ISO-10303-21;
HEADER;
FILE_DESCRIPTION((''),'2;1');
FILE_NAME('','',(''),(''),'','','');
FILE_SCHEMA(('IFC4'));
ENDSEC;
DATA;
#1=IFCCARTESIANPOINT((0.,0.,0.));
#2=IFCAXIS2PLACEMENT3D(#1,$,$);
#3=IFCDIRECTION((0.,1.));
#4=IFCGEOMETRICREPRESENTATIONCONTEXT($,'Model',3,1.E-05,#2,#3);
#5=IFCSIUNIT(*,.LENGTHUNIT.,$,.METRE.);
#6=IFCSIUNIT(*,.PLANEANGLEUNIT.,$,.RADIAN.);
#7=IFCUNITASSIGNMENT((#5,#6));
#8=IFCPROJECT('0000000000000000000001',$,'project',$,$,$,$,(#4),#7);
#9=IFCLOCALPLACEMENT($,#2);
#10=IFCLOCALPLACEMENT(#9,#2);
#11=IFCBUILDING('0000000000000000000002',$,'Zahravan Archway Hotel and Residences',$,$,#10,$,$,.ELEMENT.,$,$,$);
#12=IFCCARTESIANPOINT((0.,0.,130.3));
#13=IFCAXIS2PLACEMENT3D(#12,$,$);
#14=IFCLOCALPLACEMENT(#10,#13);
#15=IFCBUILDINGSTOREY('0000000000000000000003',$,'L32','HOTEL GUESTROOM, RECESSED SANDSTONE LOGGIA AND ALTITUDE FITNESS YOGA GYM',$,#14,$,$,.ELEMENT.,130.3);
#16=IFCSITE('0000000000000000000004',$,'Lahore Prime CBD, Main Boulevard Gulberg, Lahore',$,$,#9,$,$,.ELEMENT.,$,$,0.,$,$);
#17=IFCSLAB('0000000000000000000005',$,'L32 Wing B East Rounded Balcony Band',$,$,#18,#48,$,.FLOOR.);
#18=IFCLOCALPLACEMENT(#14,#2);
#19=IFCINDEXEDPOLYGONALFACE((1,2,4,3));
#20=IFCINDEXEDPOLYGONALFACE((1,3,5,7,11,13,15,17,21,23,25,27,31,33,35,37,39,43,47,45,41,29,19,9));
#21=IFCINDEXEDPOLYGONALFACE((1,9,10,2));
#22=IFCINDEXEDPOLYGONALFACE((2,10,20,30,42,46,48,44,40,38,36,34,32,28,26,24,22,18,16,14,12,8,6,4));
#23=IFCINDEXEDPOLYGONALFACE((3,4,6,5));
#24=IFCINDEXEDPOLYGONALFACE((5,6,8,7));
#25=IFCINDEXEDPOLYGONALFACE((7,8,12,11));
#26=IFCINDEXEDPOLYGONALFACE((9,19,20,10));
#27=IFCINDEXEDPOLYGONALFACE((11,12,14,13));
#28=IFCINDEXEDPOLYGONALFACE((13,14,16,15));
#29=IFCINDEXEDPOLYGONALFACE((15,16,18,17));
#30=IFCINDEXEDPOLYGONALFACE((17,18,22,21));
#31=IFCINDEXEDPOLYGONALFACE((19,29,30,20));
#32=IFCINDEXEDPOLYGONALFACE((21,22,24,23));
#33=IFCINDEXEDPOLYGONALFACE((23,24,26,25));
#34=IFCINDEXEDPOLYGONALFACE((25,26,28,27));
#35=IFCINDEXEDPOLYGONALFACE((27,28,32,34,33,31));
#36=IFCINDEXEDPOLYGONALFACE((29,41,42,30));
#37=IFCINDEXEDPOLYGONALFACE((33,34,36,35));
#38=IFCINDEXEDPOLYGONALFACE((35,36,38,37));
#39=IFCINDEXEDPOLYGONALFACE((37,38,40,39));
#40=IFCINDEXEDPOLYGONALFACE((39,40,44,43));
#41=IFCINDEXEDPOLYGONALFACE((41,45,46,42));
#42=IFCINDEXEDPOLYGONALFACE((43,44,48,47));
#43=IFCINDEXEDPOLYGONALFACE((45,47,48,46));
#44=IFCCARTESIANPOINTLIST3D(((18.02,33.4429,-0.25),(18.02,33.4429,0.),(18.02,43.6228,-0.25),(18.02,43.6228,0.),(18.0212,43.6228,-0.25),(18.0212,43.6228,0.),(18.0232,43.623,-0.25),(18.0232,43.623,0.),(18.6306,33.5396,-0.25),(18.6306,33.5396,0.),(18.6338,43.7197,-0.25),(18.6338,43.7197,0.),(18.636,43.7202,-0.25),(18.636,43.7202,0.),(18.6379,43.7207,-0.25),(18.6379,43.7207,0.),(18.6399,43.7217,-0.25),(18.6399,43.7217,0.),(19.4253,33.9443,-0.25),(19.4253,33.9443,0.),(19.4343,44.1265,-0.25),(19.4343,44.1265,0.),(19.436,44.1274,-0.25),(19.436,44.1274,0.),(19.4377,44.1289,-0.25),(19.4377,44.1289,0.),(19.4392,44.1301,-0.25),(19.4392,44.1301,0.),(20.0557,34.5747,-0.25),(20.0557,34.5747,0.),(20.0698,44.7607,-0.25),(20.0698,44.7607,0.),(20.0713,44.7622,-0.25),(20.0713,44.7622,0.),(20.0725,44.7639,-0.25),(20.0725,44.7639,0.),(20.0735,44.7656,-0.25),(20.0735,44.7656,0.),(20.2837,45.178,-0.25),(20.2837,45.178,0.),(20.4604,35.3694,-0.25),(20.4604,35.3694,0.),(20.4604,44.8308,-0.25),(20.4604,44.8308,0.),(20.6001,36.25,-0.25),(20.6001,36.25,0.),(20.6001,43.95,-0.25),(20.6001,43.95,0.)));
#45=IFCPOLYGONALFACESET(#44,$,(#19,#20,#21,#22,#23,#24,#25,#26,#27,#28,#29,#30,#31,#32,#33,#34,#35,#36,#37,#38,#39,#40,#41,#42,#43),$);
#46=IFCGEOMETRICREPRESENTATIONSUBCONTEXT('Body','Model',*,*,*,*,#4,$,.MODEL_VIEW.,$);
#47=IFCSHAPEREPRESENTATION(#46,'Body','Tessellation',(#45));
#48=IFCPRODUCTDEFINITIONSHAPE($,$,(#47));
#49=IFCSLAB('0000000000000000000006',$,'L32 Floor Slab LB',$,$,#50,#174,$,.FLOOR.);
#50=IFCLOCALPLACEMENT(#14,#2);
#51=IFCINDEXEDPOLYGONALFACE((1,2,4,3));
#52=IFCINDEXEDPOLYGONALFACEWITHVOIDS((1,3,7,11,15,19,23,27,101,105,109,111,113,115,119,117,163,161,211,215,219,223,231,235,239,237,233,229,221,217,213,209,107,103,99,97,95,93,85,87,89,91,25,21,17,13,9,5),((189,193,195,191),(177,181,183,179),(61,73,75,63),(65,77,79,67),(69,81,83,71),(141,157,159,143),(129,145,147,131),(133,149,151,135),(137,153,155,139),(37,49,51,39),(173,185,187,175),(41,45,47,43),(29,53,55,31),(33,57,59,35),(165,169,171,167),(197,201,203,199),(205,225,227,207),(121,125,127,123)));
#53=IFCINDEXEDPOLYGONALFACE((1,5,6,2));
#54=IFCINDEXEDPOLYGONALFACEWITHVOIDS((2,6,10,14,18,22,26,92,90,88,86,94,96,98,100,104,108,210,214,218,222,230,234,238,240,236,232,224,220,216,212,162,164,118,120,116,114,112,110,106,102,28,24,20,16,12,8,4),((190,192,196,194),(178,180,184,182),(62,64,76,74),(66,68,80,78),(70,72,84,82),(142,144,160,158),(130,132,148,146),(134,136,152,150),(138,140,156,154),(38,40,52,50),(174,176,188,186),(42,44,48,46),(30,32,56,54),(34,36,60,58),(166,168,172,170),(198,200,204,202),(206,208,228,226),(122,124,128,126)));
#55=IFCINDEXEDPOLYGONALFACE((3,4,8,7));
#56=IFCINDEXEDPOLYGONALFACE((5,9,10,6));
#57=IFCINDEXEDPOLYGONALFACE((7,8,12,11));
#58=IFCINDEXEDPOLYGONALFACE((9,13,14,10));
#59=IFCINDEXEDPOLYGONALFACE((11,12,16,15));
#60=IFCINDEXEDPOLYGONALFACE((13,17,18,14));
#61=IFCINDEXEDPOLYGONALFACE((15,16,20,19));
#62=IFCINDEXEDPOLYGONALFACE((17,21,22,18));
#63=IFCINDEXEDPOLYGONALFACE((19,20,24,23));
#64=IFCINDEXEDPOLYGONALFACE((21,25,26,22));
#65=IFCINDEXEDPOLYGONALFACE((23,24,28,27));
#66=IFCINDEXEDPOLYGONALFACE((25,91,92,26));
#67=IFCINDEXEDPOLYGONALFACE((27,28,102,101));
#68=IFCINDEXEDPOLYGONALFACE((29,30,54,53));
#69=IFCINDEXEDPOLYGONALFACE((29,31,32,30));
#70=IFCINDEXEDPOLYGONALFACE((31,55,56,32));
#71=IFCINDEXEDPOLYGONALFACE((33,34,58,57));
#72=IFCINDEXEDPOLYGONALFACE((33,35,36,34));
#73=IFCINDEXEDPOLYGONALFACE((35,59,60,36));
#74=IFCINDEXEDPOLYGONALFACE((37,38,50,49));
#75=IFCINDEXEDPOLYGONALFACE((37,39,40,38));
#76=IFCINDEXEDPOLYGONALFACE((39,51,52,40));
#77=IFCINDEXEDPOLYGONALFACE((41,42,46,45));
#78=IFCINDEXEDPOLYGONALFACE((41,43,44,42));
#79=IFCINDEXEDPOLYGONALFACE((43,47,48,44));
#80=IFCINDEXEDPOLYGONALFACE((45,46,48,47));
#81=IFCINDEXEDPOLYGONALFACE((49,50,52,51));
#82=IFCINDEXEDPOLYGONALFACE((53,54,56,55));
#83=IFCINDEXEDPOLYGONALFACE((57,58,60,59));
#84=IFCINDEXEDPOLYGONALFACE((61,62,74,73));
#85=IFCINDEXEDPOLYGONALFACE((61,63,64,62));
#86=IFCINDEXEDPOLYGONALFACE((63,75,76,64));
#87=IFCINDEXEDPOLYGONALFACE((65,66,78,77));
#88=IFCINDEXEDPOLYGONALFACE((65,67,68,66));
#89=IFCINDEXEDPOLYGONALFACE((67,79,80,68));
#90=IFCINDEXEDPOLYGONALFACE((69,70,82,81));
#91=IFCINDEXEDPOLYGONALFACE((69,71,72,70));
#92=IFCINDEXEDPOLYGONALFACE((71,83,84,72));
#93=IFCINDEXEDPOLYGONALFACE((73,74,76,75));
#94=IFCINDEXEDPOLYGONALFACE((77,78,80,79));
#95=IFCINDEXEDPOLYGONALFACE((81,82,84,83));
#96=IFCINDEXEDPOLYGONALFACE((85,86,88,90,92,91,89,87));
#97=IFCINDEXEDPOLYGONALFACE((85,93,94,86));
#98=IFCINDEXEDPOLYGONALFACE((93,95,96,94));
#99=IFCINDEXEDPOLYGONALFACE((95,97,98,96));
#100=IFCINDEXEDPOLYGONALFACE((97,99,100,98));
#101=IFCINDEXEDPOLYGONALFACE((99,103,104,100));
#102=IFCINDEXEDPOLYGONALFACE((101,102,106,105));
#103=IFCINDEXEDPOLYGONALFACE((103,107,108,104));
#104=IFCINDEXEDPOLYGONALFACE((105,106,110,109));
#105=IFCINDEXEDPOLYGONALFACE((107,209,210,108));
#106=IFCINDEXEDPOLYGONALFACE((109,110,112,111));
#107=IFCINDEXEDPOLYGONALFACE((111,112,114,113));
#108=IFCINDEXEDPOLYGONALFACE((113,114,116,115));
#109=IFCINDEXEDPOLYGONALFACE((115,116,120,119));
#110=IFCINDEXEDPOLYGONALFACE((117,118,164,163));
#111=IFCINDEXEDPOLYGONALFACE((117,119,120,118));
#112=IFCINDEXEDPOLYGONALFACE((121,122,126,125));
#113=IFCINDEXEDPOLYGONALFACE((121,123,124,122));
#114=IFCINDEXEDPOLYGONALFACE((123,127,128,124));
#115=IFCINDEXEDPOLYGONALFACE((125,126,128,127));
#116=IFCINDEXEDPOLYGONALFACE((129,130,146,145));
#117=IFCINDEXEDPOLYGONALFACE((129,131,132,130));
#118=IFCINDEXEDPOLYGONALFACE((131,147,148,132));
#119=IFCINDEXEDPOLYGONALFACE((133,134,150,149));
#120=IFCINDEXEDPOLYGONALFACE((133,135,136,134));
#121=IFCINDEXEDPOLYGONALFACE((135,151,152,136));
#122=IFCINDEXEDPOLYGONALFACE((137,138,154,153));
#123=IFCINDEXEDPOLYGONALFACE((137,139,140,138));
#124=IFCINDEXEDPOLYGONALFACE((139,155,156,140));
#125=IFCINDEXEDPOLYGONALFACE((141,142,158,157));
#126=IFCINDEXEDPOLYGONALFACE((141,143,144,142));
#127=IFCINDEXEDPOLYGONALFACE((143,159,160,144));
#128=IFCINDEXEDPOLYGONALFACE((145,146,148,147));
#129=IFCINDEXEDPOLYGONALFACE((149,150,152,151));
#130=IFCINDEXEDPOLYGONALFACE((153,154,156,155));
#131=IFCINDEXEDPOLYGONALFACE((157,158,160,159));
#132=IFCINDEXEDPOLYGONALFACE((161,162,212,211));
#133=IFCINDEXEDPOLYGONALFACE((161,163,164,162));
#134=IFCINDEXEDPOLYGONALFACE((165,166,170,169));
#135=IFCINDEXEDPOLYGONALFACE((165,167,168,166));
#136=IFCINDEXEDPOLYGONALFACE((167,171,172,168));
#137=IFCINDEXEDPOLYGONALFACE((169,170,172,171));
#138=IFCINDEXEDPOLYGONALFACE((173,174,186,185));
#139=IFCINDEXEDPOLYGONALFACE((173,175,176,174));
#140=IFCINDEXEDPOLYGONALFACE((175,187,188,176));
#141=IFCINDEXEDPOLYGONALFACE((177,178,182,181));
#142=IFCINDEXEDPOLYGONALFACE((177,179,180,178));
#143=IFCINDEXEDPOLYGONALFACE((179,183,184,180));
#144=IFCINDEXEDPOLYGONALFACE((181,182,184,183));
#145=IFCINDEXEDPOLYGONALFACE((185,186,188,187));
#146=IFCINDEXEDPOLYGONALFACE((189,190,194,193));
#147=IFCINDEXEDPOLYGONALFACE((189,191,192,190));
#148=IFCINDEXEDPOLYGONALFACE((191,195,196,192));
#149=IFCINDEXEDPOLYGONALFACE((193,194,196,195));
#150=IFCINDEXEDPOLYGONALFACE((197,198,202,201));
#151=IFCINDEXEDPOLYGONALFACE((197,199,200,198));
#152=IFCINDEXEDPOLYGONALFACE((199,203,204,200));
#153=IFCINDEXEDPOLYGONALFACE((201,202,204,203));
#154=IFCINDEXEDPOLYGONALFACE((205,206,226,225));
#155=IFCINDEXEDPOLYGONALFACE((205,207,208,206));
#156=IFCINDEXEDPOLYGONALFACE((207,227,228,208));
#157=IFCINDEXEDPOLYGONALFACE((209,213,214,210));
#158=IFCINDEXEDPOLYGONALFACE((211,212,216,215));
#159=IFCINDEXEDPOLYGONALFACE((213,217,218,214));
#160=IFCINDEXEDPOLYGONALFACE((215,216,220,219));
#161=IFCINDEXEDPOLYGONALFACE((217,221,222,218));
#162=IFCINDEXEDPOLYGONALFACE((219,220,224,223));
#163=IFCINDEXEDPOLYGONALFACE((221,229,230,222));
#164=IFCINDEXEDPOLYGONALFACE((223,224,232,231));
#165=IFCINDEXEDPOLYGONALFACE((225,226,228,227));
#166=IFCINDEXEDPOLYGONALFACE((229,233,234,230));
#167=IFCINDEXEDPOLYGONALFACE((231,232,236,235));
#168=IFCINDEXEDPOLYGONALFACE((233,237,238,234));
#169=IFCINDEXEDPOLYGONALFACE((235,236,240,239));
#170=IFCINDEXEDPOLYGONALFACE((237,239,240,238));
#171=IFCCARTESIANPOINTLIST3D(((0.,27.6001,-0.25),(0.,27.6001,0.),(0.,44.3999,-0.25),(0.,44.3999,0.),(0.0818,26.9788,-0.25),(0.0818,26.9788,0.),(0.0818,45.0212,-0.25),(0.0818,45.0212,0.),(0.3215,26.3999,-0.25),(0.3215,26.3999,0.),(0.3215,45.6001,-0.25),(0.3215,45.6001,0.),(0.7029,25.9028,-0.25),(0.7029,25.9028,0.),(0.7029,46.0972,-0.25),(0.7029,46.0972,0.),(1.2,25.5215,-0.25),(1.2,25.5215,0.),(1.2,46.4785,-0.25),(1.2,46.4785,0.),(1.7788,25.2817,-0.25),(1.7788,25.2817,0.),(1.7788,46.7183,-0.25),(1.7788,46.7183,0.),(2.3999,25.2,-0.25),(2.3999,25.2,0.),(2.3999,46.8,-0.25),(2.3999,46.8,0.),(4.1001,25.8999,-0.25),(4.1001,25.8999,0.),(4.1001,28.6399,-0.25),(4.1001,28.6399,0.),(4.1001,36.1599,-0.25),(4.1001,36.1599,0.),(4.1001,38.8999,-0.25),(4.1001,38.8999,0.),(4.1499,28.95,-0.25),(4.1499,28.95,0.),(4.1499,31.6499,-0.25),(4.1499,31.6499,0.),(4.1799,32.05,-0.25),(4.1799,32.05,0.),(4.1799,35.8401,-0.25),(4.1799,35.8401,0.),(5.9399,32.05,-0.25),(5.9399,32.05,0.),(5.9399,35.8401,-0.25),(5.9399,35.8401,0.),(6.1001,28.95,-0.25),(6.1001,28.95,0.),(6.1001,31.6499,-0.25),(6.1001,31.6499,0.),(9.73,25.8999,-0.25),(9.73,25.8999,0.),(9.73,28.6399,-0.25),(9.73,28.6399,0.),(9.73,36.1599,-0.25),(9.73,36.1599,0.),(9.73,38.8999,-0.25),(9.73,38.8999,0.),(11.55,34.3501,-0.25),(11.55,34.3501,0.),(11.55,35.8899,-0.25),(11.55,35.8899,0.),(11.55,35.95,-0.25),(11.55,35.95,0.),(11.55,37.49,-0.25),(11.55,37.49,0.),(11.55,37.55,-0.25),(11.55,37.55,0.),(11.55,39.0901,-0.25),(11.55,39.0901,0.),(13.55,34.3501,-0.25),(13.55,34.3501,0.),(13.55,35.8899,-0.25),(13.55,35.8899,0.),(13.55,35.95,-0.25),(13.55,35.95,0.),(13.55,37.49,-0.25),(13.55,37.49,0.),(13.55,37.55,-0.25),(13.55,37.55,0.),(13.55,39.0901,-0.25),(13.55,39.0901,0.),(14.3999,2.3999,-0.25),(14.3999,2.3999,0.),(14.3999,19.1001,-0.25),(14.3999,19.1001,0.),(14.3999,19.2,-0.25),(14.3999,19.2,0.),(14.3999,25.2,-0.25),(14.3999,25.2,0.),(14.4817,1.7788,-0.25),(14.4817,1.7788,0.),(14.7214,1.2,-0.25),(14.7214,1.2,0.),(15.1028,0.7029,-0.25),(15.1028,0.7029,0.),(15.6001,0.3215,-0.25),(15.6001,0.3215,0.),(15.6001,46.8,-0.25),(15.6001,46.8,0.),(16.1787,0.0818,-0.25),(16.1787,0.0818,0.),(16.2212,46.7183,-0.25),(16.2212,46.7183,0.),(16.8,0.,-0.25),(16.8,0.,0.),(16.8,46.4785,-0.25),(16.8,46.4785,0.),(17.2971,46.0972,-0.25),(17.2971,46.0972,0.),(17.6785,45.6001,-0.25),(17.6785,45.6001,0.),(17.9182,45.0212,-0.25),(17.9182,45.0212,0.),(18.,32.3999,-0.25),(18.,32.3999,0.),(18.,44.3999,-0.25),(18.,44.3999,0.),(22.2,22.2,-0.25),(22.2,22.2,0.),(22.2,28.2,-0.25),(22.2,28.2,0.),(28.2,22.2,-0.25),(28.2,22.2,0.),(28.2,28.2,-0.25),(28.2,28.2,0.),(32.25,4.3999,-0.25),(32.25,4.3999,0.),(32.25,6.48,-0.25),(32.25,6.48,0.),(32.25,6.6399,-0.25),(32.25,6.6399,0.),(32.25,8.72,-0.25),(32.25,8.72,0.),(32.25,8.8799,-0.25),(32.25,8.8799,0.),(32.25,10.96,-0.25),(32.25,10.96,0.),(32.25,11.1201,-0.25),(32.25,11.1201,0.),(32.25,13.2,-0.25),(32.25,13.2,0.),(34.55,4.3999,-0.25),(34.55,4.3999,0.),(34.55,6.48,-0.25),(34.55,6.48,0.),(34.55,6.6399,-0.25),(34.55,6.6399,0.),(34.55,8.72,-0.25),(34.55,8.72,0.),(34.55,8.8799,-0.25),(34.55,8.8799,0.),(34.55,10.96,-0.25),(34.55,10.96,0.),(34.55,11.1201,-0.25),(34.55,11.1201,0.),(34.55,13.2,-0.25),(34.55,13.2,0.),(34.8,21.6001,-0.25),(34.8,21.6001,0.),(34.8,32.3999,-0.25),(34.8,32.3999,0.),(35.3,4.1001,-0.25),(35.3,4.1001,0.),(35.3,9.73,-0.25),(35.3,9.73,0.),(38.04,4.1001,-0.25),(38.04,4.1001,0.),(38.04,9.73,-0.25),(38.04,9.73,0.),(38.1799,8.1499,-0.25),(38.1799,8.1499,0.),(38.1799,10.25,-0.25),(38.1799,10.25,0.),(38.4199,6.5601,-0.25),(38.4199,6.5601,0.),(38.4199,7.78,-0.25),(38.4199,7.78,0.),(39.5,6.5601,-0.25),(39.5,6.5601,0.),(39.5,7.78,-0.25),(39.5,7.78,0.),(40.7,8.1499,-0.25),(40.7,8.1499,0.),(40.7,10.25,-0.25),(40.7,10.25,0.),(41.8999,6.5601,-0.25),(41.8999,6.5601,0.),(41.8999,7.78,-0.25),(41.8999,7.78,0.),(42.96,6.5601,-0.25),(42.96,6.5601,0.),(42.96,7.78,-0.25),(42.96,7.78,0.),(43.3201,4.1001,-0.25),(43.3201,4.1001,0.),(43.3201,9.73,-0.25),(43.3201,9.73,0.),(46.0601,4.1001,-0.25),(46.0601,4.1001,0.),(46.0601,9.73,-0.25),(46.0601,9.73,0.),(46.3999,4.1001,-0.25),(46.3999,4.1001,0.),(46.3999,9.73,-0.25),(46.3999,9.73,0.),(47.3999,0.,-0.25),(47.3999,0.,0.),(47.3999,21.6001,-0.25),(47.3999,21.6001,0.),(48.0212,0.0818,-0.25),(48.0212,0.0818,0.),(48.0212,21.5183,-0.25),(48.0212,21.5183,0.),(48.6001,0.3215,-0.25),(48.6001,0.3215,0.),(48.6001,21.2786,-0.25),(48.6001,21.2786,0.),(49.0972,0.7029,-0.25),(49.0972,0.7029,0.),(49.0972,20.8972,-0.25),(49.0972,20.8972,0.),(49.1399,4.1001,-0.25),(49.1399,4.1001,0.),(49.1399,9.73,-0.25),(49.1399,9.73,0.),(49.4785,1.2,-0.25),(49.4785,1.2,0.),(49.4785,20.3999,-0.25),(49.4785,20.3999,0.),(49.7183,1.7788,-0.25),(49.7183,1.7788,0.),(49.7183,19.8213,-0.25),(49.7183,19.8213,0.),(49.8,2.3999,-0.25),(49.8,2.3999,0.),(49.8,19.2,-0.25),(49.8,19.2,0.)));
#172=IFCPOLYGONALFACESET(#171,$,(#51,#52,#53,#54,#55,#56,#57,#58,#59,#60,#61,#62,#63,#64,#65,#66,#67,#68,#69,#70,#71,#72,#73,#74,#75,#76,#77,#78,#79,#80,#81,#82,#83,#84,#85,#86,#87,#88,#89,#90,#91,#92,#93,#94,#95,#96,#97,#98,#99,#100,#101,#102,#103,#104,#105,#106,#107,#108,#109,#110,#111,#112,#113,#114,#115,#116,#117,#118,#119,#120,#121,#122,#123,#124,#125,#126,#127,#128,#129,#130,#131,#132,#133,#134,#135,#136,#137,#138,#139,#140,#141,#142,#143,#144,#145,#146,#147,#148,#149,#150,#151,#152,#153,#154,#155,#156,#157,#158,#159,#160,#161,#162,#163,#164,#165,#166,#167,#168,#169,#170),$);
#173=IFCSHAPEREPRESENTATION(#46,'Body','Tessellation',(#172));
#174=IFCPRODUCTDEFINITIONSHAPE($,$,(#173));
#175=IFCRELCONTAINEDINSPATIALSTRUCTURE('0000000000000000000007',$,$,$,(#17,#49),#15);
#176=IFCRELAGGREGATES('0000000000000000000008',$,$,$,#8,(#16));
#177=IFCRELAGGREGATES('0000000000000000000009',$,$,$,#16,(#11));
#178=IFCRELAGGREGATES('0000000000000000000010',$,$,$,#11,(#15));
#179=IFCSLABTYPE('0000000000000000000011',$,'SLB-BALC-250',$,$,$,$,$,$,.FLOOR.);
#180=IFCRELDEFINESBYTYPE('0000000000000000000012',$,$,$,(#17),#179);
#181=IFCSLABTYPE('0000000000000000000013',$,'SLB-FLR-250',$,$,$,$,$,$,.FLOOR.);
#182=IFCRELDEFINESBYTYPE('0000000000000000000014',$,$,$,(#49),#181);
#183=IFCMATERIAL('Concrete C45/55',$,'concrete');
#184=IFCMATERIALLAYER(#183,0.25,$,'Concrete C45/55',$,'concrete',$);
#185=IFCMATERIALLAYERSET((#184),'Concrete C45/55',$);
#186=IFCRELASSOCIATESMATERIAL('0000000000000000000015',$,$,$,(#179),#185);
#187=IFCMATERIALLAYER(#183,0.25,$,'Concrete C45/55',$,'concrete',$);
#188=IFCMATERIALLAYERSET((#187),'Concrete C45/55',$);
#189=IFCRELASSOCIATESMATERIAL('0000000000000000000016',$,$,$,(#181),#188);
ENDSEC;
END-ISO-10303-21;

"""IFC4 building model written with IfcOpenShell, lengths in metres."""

from ifc_helpers import new_model, si_unit, direction, frame, origin, place, context, subcontext, project, spatial, polyline, outline, extrude, material, layer, layer_set, type_object, element, save


model = new_model("IFC4")

# Units and contexts
model_context = context("Model", 3, precision=1e-05, world=origin(), true_north=direction((0.0, 1.0)))
body_context = subcontext(model_context, "Body", "Model", "MODEL_VIEW")
ifc_project = project(units=[si_unit("LENGTHUNIT", "METRE"), si_unit("PLANEANGLEUNIT", "RADIAN")], contexts=[model_context])

# Site, building, storey
site_placement = place(None, origin())
site = spatial("IfcSite", under=ifc_project, at=site_placement, Name="Lahore Prime CBD, Main Boulevard Gulberg, Lahore", CompositionType="ELEMENT", RefElevation=0.0)
building_placement = place(site_placement, origin())
building = spatial("IfcBuilding", under=site, at=building_placement, Name="Zahravan Archway Hotel and Residences", CompositionType="ELEMENT")
storey_placement = place(building_placement, frame((0.0, 0.0, 130.3)))
storey = spatial("IfcBuildingStorey", under=building, at=storey_placement, Name="L32", Description="HOTEL GUESTROOM, RECESSED SANDSTONE LOGGIA AND ALTITUDE FITNESS YOGA GYM", CompositionType="ELEMENT", Elevation=130.3)

# Slabs
ifc_material_1 = material(Name="Concrete C45/55", Category="concrete")
ifc_layer_1 = layer(ifc_material_1, 0.25, Name="Concrete C45/55", Category="concrete")
ifc_layer_set_1 = layer_set([ifc_layer_1], Name="Concrete C45/55")
slab_type_1 = type_object("IfcSlabType", Name="SLB-BALC-250", PredefinedType="FLOOR", material=ifc_layer_set_1)
slab_1_placement = place(storey_placement, frame((0.0, 0.0, -0.25)))
element("IfcSlab", 1, at=slab_1_placement, inside=storey, type_object=slab_type_1, Name="L32 Wing B East Rounded Balcony Band", PredefinedType="FLOOR", context=body_context, shape_type="SweptSolid", body=[
    extrude(outline(polyline([(20.4604, 44.8308), (20.6001, 43.95), (20.6001, 36.25), (20.4604, 35.3694), (20.0557, 34.5747), (19.4253, 33.9443), (18.6306, 33.5396), (18.02, 33.4429), (18.02, 43.6228), (18.0212, 43.6228), (18.0232, 43.623), (18.6338, 43.7197), (18.636, 43.7202), (18.6379, 43.7207), (18.6399, 43.7217), (19.4343, 44.1265), (19.436, 44.1274), (19.4377, 44.1289), (19.4392, 44.1301), (20.0698, 44.7607), (20.0713, 44.7622), (20.0725, 44.7639), (20.0735, 44.7656), (20.2837, 45.178), (20.4604, 44.8308)])), origin(), (0.0, 0.0, 1.0), 0.25),
])
ifc_layer_2 = layer(ifc_material_1, 0.25, Name="Concrete C45/55", Category="concrete")
ifc_layer_set_2 = layer_set([ifc_layer_2], Name="Concrete C45/55")
slab_type_2 = type_object("IfcSlabType", Name="SLB-FLR-250", PredefinedType="FLOOR", material=ifc_layer_set_2)
slab_2_placement = place(storey_placement, frame((0.0, 0.0, -0.25)))
element("IfcSlab", 2, at=slab_2_placement, inside=storey, type_object=slab_type_2, Name="L32 Floor Slab LB", PredefinedType="FLOOR", context=body_context, shape_type="SweptSolid", body=[
    extrude(outline(polyline([(34.8, 21.6001), (34.8, 32.3999), (18.0, 32.3999), (18.0, 44.3999), (17.9182, 45.0212), (17.6785, 45.6001), (17.2971, 46.0972), (16.8, 46.4785), (16.2212, 46.7183), (15.6001, 46.8), (2.3999, 46.8), (1.7788, 46.7183), (1.2, 46.4785), (0.7029, 46.0972), (0.3215, 45.6001), (0.0818, 45.0212), (0.0, 44.3999), (0.0, 27.6001), (0.0818, 26.9788), (0.3215, 26.3999), (0.7029, 25.9028), (1.2, 25.5215), (1.7788, 25.2817), (2.3999, 25.2), (14.3999, 25.2), (14.3999, 19.2), (14.3999, 19.1001), (14.3999, 2.3999), (14.4817, 1.7788), (14.7214, 1.2), (15.1028, 0.7029), (15.6001, 0.3215), (16.1787, 0.0818), (16.8, 0.0), (47.3999, 0.0), (48.0212, 0.0818), (48.6001, 0.3215), (49.0972, 0.7029), (49.4785, 1.2), (49.7183, 1.7788), (49.8, 2.3999), (49.8, 19.2), (49.7183, 19.8213), (49.4785, 20.3999), (49.0972, 20.8972), (48.6001, 21.2786), (48.0212, 21.5183), (47.3999, 21.6001), (34.8, 21.6001)]), holes=[polyline([(35.3, 9.73), (35.3, 4.1001), (38.04, 4.1001), (38.04, 9.73), (35.3, 9.73)]), polyline([(43.3201, 9.73), (43.3201, 4.1001), (46.0601, 4.1001), (46.0601, 9.73), (43.3201, 9.73)]), polyline([(46.3999, 9.73), (46.3999, 4.1001), (49.1399, 4.1001), (49.1399, 9.73), (46.3999, 9.73)]), polyline([(9.73, 28.6399), (4.1001, 28.6399), (4.1001, 25.8999), (9.73, 25.8999), (9.73, 28.6399)]), polyline([(9.73, 38.8999), (4.1001, 38.8999), (4.1001, 36.1599), (9.73, 36.1599), (9.73, 38.8999)]), polyline([(38.1799, 8.1499), (40.7, 8.1499), (40.7, 10.25), (38.1799, 10.25), (38.1799, 8.1499)]), polyline([(4.1499, 28.95), (6.1001, 28.95), (6.1001, 31.6499), (4.1499, 31.6499), (4.1499, 28.95)]), polyline([(11.55, 34.3501), (13.55, 34.3501), (13.55, 35.8899), (11.55, 35.8899), (11.55, 34.3501)]), polyline([(11.55, 35.95), (13.55, 35.95), (13.55, 37.49), (11.55, 37.49), (11.55, 35.95)]), polyline([(11.55, 37.55), (13.55, 37.55), (13.55, 39.0901), (11.55, 39.0901), (11.55, 37.55)]), polyline([(32.25, 4.3999), (34.55, 4.3999), (34.55, 6.48), (32.25, 6.48), (32.25, 4.3999)]), polyline([(32.25, 6.6399), (34.55, 6.6399), (34.55, 8.72), (32.25, 8.72), (32.25, 6.6399)]), polyline([(32.25, 8.8799), (34.55, 8.8799), (34.55, 10.96), (32.25, 10.96), (32.25, 8.8799)]), polyline([(32.25, 11.1201), (34.55, 11.1201), (34.55, 13.2), (32.25, 13.2), (32.25, 11.1201)]), polyline([(22.2, 22.2), (28.2, 22.2), (28.2, 28.2), (22.2, 28.2), (22.2, 22.2)]), polyline([(38.4199, 6.5601), (39.5, 6.5601), (39.5, 7.78), (38.4199, 7.78), (38.4199, 6.5601)]), polyline([(41.8999, 6.5601), (42.96, 6.5601), (42.96, 7.78), (41.8999, 7.78), (41.8999, 6.5601)]), polyline([(4.1799, 32.05), (5.9399, 32.05), (5.9399, 35.8401), (4.1799, 35.8401), (4.1799, 32.05)])]), origin(), (0.0, 0.0, 1.0), 0.25),
])

save(model, "model.ifc")
